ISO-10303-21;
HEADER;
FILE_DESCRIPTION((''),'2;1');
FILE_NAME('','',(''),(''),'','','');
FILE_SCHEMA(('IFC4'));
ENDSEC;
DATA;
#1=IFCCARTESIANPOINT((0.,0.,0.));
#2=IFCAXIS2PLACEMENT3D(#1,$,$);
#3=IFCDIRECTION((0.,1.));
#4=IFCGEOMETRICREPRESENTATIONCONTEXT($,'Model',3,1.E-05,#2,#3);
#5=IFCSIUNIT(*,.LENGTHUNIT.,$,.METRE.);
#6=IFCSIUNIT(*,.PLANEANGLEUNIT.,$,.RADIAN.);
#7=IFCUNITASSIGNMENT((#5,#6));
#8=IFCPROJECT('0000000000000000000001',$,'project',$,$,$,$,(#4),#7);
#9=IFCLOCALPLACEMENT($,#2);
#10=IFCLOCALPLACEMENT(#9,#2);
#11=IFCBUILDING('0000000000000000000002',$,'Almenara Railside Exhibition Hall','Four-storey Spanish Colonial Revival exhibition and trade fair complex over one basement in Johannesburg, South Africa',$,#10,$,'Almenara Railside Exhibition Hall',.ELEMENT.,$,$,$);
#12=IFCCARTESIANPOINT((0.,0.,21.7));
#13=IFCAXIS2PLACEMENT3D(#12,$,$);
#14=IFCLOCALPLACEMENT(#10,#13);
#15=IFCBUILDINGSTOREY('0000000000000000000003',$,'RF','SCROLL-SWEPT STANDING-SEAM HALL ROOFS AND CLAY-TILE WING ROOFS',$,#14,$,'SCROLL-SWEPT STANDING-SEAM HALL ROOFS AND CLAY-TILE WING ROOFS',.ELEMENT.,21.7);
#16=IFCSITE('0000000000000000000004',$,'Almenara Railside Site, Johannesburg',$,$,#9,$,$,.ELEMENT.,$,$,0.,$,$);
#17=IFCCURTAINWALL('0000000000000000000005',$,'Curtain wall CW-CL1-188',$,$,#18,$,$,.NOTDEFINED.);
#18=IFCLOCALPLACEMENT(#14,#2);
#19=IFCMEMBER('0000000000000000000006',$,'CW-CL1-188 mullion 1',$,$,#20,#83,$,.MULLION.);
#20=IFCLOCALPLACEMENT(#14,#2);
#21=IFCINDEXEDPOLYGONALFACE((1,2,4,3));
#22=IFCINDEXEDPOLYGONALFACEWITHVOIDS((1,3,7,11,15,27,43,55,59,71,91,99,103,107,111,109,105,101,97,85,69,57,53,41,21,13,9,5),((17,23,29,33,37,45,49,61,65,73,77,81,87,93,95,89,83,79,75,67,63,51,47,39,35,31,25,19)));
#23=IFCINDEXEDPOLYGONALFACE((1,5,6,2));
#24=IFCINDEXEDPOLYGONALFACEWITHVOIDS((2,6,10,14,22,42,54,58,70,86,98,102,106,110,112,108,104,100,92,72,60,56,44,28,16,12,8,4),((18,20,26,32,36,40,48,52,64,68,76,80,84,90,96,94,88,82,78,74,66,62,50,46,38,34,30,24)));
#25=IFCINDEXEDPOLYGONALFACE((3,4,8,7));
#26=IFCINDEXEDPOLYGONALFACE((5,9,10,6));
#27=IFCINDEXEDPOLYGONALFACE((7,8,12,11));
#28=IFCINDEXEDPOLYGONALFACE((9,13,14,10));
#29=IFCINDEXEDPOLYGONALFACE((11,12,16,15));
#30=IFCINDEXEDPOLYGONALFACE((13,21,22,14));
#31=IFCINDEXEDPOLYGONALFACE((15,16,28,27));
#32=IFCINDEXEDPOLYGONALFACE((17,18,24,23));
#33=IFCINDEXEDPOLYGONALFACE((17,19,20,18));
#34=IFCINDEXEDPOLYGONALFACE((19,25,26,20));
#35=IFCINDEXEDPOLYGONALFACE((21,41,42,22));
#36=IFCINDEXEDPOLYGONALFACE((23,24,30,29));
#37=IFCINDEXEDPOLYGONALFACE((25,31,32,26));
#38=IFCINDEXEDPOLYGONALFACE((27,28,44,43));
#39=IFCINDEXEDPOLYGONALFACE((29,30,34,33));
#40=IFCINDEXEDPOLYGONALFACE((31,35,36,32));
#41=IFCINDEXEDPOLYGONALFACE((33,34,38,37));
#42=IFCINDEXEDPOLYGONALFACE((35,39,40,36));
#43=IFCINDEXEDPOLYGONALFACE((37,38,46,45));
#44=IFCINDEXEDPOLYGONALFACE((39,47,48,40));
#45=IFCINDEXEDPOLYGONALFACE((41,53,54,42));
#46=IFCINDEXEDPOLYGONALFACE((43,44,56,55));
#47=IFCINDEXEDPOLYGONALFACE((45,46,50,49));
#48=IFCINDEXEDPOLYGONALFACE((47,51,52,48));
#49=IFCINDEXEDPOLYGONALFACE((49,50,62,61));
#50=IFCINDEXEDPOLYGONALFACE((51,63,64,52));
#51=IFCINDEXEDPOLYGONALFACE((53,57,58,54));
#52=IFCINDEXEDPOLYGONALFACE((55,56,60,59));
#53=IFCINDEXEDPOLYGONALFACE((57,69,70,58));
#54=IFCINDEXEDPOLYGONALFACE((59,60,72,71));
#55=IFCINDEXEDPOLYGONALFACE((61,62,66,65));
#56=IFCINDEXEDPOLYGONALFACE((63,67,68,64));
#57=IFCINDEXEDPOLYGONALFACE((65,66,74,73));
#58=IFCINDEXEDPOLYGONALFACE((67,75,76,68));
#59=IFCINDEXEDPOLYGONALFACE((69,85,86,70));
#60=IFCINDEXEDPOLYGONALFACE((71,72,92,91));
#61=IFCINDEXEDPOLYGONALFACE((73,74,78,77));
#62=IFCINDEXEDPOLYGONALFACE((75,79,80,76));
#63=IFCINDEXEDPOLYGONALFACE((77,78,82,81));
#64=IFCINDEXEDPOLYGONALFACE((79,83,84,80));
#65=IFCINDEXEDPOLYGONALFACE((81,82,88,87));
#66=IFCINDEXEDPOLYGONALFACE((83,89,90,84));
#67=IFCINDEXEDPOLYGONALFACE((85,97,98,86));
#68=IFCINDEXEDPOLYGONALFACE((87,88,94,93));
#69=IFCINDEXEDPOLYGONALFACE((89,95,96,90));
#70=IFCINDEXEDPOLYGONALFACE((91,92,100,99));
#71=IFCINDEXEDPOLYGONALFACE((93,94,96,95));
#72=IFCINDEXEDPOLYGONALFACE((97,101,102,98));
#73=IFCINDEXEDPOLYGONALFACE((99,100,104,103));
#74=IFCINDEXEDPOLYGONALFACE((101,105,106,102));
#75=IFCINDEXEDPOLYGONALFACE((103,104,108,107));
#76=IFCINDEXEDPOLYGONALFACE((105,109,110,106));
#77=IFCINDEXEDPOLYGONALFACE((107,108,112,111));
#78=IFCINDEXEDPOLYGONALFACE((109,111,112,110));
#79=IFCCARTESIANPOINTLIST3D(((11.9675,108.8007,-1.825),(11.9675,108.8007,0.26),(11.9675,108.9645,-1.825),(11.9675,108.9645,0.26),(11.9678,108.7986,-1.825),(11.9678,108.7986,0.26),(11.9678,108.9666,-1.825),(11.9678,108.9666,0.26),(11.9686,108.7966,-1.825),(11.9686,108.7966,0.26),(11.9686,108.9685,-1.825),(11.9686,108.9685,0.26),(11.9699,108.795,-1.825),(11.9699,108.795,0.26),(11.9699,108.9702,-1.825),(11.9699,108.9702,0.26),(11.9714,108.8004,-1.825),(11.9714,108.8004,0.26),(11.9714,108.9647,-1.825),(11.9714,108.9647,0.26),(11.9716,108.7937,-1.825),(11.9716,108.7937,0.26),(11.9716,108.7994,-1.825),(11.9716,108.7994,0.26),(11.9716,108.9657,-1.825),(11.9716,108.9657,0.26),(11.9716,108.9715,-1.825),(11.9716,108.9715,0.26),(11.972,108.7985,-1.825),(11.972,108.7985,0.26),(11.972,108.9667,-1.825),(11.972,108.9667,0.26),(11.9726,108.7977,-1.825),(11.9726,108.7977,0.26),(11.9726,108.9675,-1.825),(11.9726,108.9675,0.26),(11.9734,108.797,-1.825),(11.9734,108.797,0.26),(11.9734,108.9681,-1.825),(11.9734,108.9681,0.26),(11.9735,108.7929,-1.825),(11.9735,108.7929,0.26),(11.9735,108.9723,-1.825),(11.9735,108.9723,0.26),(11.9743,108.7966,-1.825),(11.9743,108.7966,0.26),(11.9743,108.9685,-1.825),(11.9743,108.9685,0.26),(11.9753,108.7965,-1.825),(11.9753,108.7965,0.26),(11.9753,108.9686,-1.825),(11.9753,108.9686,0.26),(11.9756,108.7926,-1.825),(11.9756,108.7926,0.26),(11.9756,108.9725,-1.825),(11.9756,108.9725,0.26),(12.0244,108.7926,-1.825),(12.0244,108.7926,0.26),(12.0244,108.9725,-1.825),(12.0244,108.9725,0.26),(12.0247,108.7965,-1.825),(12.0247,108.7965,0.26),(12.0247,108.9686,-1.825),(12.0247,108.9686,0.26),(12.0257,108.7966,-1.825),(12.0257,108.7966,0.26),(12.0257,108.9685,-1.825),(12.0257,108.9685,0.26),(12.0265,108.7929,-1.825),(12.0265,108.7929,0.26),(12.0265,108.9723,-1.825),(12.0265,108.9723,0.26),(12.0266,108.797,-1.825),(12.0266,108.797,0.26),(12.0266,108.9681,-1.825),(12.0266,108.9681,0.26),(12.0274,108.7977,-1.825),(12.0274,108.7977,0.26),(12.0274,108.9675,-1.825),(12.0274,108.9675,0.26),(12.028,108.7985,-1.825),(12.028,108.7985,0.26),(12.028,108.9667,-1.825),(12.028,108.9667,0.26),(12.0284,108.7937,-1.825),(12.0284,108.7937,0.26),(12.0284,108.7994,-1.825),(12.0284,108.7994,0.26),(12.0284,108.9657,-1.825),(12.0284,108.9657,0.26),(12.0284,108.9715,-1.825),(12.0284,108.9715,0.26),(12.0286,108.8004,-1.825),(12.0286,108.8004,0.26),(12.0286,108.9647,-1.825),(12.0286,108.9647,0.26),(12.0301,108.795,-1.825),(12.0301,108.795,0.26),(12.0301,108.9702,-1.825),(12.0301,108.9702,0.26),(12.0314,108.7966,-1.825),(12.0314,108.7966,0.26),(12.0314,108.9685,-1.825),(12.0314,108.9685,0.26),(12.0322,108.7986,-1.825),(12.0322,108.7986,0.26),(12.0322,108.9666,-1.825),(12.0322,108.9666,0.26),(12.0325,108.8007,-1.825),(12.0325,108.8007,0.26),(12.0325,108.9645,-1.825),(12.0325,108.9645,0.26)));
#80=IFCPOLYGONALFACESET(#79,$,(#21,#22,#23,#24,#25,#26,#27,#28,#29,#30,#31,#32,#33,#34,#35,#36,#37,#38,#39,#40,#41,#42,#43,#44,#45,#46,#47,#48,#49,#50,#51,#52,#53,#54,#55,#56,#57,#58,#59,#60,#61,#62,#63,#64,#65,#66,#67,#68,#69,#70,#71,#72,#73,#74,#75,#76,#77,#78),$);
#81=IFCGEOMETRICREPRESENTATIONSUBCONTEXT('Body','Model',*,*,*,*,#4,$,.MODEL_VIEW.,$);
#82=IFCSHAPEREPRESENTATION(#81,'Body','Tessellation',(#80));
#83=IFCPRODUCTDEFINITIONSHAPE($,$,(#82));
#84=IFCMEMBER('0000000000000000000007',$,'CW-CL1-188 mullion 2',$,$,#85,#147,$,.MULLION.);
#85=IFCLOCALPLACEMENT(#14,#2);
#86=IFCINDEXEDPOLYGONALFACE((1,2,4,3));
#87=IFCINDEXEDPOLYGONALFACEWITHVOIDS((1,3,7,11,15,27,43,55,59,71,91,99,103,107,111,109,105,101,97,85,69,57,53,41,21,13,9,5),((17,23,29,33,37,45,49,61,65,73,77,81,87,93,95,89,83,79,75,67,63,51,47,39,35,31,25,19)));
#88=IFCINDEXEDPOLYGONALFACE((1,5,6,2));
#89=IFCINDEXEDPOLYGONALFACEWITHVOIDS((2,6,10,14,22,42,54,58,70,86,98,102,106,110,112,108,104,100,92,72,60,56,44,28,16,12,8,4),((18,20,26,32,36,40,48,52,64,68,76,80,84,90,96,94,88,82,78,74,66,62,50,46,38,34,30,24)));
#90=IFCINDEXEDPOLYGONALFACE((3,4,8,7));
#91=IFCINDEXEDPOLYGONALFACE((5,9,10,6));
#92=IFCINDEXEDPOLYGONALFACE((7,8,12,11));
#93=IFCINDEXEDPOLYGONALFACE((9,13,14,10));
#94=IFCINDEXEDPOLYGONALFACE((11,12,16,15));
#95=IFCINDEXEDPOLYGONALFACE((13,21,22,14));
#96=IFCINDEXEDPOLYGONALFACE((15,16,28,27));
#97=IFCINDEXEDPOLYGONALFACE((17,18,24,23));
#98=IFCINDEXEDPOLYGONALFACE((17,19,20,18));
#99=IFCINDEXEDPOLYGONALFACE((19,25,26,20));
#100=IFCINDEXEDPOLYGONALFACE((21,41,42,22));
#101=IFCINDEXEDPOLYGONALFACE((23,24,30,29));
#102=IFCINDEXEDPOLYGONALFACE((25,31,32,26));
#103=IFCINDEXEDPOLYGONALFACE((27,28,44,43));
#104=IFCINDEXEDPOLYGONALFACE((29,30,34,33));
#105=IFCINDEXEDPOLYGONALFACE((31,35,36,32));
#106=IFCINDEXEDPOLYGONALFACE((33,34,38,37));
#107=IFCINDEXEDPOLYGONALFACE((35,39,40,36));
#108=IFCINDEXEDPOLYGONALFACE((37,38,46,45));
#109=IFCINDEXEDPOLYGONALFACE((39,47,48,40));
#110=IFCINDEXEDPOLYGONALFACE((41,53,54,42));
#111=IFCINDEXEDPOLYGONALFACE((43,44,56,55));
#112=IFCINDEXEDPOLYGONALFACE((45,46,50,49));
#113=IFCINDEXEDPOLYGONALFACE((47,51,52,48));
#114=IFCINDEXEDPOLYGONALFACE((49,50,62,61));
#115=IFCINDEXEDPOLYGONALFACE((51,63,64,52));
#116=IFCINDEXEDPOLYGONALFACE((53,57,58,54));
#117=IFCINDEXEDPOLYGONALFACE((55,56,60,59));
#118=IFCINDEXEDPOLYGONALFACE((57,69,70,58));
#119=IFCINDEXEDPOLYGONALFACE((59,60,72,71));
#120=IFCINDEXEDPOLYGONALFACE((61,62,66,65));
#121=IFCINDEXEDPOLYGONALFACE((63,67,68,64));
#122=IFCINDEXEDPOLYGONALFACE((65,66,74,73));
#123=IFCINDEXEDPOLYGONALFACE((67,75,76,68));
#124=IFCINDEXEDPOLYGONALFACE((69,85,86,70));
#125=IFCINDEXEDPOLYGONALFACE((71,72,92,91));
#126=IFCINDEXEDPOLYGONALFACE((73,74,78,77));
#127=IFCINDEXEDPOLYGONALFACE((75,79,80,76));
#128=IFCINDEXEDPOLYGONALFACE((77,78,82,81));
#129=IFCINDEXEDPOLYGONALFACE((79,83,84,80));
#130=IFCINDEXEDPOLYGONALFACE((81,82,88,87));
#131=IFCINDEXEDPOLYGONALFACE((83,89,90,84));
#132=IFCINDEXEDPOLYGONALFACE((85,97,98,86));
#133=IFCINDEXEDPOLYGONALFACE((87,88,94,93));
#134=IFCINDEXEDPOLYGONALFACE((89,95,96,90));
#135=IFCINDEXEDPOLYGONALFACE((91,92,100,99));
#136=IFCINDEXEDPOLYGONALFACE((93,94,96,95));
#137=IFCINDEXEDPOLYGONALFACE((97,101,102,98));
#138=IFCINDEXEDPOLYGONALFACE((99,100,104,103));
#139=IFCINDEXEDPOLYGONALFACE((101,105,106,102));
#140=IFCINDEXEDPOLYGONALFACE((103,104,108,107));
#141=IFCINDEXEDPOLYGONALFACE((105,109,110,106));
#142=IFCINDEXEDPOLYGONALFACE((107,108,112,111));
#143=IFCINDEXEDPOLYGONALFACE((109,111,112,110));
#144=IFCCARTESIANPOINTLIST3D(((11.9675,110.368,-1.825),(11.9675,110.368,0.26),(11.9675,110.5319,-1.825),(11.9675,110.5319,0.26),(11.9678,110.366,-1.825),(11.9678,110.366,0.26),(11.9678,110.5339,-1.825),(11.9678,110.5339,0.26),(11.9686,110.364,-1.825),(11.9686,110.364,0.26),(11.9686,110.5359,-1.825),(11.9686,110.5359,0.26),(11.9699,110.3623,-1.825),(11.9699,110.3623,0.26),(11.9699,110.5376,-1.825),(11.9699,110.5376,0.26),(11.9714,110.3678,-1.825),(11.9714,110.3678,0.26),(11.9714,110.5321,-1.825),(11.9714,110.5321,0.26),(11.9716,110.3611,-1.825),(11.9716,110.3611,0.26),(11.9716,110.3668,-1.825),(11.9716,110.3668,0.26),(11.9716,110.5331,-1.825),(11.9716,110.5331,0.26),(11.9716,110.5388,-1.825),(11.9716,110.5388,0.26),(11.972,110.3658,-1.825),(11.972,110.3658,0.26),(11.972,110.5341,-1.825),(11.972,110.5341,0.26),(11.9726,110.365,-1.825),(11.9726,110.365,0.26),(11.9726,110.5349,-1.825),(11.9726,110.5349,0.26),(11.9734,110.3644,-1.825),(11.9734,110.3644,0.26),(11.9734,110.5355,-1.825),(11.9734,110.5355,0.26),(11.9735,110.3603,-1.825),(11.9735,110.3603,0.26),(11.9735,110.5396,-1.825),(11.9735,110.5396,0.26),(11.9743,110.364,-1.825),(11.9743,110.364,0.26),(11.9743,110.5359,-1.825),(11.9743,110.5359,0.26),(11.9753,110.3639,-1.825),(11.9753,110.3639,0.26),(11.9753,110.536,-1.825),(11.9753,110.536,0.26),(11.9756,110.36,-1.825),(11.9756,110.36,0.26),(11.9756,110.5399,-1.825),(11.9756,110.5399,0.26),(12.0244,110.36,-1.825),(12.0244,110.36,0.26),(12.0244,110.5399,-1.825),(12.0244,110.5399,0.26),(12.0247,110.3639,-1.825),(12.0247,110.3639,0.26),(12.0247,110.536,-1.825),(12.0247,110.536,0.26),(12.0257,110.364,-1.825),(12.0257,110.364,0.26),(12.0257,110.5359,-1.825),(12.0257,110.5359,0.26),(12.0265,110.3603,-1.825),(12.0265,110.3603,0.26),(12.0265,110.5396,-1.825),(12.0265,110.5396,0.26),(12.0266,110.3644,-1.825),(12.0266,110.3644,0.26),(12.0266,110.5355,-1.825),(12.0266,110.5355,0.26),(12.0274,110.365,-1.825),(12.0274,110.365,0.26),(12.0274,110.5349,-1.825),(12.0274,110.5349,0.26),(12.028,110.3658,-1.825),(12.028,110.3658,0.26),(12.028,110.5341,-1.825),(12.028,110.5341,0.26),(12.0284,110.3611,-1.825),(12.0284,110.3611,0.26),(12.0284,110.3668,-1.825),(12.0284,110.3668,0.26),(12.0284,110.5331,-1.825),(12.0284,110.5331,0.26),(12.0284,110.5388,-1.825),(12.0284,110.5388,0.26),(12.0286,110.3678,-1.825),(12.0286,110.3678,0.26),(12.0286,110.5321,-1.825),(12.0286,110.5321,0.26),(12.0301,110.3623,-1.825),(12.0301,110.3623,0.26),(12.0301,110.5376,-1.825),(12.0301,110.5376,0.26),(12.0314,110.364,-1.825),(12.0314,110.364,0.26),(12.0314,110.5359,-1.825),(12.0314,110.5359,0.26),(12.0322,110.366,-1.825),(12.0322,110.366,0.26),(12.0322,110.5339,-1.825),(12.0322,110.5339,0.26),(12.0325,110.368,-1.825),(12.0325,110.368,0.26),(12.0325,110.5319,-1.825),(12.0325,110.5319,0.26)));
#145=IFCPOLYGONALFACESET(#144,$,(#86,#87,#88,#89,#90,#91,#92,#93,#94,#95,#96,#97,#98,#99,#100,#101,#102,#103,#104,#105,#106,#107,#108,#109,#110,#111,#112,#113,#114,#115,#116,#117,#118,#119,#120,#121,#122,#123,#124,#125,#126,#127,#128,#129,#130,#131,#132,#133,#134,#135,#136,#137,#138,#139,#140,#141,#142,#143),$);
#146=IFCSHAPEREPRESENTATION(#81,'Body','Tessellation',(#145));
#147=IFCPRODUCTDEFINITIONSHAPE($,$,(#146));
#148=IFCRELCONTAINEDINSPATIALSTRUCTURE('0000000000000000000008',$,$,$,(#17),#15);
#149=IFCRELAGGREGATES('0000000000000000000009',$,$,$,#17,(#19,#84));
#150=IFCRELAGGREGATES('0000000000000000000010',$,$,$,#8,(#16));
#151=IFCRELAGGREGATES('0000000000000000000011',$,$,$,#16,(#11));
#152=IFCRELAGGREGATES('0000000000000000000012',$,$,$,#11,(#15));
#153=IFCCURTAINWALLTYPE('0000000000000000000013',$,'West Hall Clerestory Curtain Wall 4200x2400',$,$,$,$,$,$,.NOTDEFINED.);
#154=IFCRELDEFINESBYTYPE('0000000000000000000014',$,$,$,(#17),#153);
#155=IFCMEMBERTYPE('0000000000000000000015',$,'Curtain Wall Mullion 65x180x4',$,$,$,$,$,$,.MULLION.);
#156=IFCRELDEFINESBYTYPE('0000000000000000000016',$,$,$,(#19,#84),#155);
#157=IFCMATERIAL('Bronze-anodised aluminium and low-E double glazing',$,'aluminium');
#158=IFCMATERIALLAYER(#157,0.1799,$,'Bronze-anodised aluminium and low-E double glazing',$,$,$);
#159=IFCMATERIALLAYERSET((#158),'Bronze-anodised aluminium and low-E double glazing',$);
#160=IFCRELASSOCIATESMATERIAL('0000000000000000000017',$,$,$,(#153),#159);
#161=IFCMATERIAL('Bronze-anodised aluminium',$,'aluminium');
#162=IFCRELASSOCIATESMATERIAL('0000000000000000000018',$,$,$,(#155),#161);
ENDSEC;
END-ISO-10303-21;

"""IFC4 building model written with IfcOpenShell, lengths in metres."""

from ifc_helpers import new_model, si_unit, direction, frame, origin, origin_2d, place, context, subcontext, project, spatial, hollow_rectangle, extrude, material, layer, layer_set, material_profile, profile_set, type_object, element, aggregate, save


model = new_model("IFC4")

# Units and contexts
model_context = context("Model", 3, precision=1e-05, world=origin(), true_north=direction((0.0, 1.0)))
body_context = subcontext(model_context, "Body", "Model", "MODEL_VIEW")
ifc_project = project(units=[si_unit("LENGTHUNIT", "METRE"), si_unit("PLANEANGLEUNIT", "RADIAN")], contexts=[model_context])

# Site, building, storey
site_placement = place(None, origin())
site = spatial("IfcSite", under=ifc_project, at=site_placement, Name="Almenara Railside Site, Johannesburg", CompositionType="ELEMENT", RefElevation=0.0)
building_placement = place(site_placement, origin())
building = spatial("IfcBuilding", under=site, at=building_placement, Name="Almenara Railside Exhibition Hall", Description="Four-storey Spanish Colonial Revival exhibition and trade fair complex over one basement in Johannesburg, South Africa", LongName="Almenara Railside Exhibition Hall", CompositionType="ELEMENT")
storey_placement = place(building_placement, frame((0.0, 0.0, 21.7)))
storey = spatial("IfcBuildingStorey", under=building, at=storey_placement, Name="RF", Description="SCROLL-SWEPT STANDING-SEAM HALL ROOFS AND CLAY-TILE WING ROOFS", LongName="SCROLL-SWEPT STANDING-SEAM HALL ROOFS AND CLAY-TILE WING ROOFS", CompositionType="ELEMENT", Elevation=21.7)

# Curtain wall, members
ifc_material_1 = material(Name="Bronze-anodised aluminium and low-E double glazing", Category="aluminium")
ifc_layer_1 = layer(ifc_material_1, 0.1799, Name="Bronze-anodised aluminium and low-E double glazing")
ifc_layer_set_1 = layer_set([ifc_layer_1], Name="Bronze-anodised aluminium and low-E double glazing")
curtain_wall_type = type_object("IfcCurtainWallType", Name="West Hall Clerestory Curtain Wall 4200x2400", PredefinedType="NOTDEFINED", material=ifc_layer_set_1)
ifc_material_2 = material(Name="Bronze-anodised aluminium", Category="aluminium")
curtain_wall_1_placement = place(storey_placement, origin())
curtain_wall_1 = element("IfcCurtainWall", 1, at=curtain_wall_1_placement, inside=storey, type_object=curtain_wall_type, Name="Curtain wall CW-CL1-188", PredefinedType="NOTDEFINED")
ifc_material_profile_1 = material_profile(ifc_material_2, hollow_rectangle(XDim=0.0649, YDim=0.1799, WallThickness=0.0039, InnerFilletRadius=0.0039, OuterFilletRadius=0.0081, at=origin_2d()), Name="ALU-MUL 65x180x4")
ifc_profile_set_1 = profile_set([ifc_material_profile_1], Name="Bronze-anodised aluminium")
member_type_1 = type_object("IfcMemberType", Name="Curtain Wall Mullion 65x180x4", PredefinedType="MULLION", material=ifc_profile_set_1)
member_1_placement = place(storey_placement, frame((12.0, 108.8826, -1.825), z_axis=(0.0, 0.0, 1.0), x_axis=(-1.0, 0.0, 0.0)))
member_1 = element("IfcMember", 2, at=member_1_placement, type_object=member_type_1, Name="CW-CL1-188 mullion 1", PredefinedType="MULLION", context=body_context, shape_type="SweptSolid", body=[
    extrude(hollow_rectangle(XDim=0.0649, YDim=0.1799, WallThickness=0.0039, InnerFilletRadius=0.0039, OuterFilletRadius=0.0081, at=origin_2d()), origin(), (0.0, 0.0, 1.0), 2.085),
])
member_2_placement = place(storey_placement, frame((12.0, 110.45, -1.825), z_axis=(0.0, 0.0, 1.0), x_axis=(-1.0, 0.0, 0.0)))
member_2 = element("IfcMember", 3, at=member_2_placement, type_object=member_type_1, Name="CW-CL1-188 mullion 2", PredefinedType="MULLION", context=body_context, shape_type="SweptSolid", body=[
    extrude(hollow_rectangle(XDim=0.0649, YDim=0.1799, WallThickness=0.0039, InnerFilletRadius=0.0039, OuterFilletRadius=0.0081, at=origin_2d()), origin(), (0.0, 0.0, 1.0), 2.085),
])

aggregate(curtain_wall_1, [member_1, member_2])

save(model, "model.ifc")
